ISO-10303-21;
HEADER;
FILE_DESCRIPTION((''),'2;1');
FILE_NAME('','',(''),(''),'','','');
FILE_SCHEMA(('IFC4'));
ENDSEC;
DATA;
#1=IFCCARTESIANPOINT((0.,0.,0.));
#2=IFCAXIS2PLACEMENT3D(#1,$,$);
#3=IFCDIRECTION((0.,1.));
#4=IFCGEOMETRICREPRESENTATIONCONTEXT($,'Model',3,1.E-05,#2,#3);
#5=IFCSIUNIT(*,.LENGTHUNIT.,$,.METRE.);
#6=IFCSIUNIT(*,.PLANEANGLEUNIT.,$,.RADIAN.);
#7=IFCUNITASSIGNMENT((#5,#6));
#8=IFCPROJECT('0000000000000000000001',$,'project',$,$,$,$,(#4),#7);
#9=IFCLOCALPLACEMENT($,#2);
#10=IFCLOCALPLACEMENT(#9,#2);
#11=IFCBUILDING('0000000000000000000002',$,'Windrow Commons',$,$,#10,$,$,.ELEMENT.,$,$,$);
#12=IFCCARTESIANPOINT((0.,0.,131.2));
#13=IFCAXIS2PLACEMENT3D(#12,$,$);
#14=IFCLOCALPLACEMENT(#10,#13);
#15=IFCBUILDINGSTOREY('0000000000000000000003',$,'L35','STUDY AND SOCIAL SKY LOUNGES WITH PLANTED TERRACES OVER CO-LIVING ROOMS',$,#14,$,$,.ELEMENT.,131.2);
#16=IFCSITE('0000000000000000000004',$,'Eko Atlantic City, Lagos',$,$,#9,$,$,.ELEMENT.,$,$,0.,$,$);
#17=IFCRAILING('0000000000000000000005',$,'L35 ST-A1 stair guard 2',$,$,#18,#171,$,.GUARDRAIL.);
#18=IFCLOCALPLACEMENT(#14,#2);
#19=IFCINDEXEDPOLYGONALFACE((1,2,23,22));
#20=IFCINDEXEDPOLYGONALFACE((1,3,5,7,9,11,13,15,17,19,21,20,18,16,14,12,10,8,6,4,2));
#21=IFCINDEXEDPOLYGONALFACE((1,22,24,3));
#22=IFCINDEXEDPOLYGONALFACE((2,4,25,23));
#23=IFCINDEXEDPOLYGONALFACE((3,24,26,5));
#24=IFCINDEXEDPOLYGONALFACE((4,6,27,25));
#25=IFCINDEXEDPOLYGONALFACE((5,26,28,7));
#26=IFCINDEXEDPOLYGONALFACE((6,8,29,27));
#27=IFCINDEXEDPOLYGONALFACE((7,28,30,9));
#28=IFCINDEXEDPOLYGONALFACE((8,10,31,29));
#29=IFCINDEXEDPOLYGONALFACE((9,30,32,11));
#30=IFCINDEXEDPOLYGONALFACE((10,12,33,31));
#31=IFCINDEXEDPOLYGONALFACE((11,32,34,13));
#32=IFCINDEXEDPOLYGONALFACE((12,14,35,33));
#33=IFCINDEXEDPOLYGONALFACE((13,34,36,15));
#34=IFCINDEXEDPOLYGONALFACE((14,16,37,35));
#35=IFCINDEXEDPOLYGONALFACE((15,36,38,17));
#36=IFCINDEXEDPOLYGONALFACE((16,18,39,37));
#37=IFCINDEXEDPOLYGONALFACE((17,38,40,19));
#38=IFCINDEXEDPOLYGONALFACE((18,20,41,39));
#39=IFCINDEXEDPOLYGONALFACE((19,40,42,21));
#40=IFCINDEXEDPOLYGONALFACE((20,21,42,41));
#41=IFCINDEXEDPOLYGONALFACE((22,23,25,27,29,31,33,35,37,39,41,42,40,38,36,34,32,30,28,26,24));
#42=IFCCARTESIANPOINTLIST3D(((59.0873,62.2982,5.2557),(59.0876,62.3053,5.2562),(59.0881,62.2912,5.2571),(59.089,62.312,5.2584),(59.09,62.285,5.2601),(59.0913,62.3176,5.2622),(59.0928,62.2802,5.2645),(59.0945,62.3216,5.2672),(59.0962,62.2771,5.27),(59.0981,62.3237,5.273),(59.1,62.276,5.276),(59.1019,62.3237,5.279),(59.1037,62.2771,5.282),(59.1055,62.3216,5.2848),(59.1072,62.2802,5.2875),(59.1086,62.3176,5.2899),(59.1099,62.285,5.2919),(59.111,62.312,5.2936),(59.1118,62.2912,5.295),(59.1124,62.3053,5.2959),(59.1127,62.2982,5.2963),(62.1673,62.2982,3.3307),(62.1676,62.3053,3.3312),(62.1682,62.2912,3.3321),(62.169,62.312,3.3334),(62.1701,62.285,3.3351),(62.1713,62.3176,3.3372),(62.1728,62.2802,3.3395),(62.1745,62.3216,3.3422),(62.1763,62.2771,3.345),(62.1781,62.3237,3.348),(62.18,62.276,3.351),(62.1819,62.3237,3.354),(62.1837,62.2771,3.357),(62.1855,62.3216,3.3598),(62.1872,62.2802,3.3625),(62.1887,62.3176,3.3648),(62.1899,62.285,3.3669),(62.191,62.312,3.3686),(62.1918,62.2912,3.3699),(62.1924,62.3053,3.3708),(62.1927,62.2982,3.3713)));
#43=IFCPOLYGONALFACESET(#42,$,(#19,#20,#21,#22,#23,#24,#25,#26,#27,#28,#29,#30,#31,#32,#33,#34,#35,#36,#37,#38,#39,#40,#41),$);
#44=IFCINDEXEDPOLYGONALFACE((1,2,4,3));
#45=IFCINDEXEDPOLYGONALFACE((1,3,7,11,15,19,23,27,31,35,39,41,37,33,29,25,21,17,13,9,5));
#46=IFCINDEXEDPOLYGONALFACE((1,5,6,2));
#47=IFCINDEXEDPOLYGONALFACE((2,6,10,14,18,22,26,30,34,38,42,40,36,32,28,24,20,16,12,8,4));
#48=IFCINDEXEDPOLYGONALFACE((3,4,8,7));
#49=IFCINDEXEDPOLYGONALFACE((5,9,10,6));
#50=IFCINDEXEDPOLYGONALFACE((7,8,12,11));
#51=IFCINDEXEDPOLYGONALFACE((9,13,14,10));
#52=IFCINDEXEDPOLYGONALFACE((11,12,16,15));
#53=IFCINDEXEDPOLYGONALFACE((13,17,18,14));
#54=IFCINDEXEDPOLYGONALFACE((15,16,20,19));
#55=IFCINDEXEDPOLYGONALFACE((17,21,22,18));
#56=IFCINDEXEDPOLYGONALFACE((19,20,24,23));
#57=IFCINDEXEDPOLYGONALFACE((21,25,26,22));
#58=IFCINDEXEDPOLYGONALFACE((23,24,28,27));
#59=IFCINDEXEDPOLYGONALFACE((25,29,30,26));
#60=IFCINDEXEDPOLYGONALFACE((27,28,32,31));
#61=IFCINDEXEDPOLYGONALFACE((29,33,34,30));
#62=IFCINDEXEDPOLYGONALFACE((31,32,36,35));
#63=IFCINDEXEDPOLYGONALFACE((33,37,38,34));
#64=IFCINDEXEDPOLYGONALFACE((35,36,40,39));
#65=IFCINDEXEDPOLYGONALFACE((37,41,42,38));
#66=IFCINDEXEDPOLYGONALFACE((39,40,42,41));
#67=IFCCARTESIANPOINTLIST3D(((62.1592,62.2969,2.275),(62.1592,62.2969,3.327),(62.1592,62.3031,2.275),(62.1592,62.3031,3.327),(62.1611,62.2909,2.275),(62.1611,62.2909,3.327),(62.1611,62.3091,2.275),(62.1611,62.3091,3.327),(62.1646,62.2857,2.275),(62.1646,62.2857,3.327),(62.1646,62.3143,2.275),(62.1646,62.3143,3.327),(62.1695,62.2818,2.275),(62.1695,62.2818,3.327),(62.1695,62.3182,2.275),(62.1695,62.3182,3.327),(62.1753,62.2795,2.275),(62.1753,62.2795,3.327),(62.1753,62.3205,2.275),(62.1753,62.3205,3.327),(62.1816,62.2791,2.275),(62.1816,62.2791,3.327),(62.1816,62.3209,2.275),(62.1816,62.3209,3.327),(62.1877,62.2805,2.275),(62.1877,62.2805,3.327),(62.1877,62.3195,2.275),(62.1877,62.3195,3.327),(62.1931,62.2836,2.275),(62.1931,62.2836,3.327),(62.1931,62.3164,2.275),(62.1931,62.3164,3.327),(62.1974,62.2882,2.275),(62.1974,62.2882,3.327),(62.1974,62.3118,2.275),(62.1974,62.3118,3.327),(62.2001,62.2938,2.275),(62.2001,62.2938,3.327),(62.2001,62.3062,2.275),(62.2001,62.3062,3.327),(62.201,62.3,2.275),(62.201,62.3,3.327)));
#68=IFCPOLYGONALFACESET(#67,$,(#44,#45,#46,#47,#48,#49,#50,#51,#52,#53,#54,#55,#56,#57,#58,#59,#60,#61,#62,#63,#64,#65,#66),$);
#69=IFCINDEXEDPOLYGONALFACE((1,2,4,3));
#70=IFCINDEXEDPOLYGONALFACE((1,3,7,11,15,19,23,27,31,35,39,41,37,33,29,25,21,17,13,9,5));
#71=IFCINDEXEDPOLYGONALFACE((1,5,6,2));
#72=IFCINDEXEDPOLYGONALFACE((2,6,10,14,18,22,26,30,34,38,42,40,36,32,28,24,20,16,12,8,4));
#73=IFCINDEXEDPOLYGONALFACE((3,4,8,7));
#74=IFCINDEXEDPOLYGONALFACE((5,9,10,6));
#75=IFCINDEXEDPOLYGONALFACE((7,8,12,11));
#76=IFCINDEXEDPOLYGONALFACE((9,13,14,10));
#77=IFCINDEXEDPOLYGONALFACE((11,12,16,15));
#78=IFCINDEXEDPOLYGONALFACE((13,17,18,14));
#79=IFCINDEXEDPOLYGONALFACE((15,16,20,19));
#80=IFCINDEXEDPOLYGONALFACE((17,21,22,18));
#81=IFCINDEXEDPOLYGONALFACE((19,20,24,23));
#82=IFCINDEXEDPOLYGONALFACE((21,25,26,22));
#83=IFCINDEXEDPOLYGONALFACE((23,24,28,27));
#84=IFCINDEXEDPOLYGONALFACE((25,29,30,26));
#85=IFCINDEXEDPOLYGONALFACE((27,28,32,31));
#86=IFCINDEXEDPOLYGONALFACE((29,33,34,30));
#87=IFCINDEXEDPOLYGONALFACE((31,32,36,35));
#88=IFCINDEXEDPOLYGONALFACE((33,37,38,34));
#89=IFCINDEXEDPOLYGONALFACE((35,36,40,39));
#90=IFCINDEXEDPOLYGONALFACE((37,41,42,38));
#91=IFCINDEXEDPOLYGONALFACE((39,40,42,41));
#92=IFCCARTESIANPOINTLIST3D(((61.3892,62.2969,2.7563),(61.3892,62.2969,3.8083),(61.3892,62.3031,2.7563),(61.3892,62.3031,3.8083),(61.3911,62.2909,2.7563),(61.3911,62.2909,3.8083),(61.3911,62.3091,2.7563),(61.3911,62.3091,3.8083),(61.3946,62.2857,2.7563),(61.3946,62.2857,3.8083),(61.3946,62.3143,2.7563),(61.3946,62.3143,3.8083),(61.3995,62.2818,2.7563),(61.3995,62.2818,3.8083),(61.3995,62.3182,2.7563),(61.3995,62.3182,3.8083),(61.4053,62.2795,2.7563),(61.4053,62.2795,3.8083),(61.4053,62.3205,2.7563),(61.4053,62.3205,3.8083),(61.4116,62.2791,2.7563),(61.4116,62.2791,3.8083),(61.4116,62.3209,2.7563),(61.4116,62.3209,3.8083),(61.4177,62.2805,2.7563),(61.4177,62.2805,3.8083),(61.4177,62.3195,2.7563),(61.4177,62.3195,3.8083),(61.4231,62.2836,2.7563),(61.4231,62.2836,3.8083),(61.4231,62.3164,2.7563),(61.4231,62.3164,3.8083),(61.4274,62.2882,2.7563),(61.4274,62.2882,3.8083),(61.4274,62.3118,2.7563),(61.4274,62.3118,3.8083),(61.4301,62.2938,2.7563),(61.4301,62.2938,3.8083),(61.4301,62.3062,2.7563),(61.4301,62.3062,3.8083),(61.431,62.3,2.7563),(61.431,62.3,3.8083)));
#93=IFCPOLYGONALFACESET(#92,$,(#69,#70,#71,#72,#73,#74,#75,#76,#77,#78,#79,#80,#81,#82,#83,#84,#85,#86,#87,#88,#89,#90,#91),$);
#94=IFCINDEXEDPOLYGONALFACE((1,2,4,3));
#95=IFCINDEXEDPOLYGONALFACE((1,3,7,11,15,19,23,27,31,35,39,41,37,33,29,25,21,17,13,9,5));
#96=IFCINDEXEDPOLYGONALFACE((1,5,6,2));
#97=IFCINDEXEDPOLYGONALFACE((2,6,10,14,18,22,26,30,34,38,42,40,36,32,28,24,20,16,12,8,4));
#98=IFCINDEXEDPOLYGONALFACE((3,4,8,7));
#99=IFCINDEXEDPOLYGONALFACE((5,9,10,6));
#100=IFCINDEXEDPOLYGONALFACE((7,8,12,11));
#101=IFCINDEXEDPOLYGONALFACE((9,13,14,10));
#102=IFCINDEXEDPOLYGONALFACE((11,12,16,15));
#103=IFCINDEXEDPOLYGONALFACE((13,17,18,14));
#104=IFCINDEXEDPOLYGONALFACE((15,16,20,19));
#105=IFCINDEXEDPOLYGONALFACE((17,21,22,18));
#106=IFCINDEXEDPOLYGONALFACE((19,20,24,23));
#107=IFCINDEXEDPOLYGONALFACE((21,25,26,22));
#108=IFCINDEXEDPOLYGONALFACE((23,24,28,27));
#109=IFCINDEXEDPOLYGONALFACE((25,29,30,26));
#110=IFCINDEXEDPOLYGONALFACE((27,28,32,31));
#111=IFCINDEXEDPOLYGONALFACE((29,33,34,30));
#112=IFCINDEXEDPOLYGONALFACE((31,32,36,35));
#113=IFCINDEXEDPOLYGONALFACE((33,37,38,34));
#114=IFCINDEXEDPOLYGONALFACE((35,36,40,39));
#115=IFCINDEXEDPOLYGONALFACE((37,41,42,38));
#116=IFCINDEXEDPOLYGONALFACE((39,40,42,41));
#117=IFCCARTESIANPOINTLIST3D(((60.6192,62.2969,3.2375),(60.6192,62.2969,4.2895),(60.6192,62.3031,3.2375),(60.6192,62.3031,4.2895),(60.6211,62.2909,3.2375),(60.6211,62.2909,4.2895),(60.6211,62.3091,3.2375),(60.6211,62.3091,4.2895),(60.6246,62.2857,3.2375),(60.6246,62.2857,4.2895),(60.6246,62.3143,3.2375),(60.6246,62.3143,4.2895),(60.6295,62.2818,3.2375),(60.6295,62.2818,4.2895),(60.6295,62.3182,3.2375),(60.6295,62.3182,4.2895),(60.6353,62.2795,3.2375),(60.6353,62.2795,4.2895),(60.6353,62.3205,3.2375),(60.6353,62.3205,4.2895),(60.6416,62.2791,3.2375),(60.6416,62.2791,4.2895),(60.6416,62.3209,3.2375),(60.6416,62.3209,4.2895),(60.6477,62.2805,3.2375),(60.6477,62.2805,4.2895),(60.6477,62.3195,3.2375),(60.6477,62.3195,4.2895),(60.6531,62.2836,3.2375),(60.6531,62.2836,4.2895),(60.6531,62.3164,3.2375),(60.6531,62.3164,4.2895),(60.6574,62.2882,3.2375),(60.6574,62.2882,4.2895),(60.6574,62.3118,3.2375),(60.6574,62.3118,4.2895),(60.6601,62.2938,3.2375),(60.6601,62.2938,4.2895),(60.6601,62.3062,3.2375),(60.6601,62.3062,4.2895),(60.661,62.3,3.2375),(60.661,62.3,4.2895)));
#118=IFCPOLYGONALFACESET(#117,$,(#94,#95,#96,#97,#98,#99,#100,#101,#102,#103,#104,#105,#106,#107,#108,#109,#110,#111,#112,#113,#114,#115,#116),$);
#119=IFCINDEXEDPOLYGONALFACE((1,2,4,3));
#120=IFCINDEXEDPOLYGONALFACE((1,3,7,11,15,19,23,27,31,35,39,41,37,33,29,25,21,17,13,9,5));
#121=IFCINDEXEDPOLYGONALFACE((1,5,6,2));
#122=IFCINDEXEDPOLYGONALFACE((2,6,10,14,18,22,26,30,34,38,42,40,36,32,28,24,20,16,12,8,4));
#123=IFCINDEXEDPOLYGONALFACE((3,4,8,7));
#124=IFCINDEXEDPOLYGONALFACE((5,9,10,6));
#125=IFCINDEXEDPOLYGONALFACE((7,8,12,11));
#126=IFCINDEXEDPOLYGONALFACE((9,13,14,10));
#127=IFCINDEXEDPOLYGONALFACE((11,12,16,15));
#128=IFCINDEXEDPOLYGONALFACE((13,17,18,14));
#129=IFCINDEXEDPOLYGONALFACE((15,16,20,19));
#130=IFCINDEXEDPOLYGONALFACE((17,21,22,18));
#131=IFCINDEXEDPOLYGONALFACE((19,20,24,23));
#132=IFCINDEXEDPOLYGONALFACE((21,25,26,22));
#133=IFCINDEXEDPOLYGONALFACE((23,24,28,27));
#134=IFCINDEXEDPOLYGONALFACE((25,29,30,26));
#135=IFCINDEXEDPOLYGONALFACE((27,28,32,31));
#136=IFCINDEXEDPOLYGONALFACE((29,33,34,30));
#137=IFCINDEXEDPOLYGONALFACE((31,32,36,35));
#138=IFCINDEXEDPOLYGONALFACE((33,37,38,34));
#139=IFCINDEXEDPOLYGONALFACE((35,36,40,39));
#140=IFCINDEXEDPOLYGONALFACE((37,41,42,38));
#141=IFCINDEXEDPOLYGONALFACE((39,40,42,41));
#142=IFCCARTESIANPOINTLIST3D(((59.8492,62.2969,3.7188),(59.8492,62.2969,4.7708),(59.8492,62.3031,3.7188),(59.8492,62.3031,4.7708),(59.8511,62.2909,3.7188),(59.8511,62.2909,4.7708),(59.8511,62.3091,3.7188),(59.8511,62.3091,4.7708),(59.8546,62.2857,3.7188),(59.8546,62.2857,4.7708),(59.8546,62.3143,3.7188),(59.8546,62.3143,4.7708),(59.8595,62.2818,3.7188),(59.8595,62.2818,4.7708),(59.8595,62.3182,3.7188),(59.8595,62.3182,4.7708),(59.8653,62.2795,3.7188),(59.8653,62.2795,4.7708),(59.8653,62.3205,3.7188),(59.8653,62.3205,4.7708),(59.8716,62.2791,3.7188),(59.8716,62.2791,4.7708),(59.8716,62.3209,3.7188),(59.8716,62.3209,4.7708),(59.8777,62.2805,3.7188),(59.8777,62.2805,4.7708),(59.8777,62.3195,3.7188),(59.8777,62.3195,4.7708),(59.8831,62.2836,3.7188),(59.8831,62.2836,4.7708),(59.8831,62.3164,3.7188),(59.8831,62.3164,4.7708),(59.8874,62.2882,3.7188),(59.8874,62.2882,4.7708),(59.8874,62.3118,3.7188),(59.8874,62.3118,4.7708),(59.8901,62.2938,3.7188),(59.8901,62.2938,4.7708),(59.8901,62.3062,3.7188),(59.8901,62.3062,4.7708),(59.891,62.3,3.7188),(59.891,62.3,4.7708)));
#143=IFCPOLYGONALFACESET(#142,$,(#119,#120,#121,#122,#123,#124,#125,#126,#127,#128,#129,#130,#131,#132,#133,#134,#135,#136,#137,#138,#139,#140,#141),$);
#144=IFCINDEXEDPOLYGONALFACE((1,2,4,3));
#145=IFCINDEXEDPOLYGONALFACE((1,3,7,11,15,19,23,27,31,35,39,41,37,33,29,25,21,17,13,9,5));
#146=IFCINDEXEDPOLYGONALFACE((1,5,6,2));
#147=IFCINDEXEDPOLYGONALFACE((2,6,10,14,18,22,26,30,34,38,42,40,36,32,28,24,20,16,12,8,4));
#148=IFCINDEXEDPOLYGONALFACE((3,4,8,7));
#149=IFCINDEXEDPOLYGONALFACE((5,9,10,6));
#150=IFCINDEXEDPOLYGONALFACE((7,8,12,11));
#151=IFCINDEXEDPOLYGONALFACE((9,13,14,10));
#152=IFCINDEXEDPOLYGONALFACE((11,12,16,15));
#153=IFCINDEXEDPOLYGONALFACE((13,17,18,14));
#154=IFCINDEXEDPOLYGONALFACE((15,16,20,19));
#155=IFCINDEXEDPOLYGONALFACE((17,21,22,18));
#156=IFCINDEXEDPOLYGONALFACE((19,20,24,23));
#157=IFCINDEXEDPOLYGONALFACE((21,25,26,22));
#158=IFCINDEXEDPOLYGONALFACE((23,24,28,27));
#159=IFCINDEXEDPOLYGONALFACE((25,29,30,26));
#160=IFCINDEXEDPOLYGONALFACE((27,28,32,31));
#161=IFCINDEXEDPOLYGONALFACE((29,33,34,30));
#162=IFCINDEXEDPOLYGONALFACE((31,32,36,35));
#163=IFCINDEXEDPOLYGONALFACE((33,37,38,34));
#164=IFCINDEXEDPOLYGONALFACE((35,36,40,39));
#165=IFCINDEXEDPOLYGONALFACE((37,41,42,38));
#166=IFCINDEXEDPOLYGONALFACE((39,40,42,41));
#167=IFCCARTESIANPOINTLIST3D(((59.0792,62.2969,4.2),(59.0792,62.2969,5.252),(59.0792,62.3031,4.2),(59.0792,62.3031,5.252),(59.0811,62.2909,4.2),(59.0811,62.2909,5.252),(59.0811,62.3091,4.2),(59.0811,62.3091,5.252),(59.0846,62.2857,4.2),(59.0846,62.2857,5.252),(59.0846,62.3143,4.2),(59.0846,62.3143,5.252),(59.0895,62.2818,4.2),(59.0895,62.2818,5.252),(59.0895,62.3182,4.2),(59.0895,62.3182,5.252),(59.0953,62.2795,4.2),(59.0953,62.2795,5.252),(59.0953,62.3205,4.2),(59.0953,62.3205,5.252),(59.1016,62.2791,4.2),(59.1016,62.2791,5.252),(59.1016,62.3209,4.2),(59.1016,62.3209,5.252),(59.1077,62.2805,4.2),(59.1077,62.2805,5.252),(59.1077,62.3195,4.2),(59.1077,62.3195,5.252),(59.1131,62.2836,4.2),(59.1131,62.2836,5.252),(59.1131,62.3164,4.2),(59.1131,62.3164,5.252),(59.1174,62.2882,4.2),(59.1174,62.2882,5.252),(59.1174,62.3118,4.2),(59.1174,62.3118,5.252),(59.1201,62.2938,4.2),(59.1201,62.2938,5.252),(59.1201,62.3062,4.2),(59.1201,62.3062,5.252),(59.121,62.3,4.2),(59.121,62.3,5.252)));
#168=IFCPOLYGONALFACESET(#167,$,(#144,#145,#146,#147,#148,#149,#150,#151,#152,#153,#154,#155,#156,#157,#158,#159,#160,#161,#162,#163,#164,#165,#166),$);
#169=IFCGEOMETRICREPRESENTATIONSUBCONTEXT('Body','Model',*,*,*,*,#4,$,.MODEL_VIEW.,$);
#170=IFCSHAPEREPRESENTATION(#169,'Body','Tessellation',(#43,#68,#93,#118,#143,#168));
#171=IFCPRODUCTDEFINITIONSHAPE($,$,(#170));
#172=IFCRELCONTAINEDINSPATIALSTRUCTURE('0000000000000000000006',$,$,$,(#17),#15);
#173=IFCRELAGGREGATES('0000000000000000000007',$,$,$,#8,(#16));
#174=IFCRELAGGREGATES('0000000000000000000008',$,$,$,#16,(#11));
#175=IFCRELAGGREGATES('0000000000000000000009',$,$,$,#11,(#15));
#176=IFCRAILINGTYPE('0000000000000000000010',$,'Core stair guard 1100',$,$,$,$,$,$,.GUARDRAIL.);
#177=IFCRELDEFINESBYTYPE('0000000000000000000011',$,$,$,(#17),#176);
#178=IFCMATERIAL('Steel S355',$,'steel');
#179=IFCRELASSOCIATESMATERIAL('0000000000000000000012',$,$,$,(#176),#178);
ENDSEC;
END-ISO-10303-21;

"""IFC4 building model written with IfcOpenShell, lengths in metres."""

from ifc_helpers import new_model, si_unit, direction, frame, origin, origin_2d, place, context, subcontext, project, spatial, circle, extrude, material, type_object, element, save


model = new_model("IFC4")

# Units and contexts
model_context = context("Model", 3, precision=1e-05, world=origin(), true_north=direction((0.0, 1.0)))
body_context = subcontext(model_context, "Body", "Model", "MODEL_VIEW")
ifc_project = project(units=[si_unit("LENGTHUNIT", "METRE"), si_unit("PLANEANGLEUNIT", "RADIAN")], contexts=[model_context])

# Site, building, storey
site_placement = place(None, origin())
site = spatial("IfcSite", under=ifc_project, at=site_placement, Name="Eko Atlantic City, Lagos", CompositionType="ELEMENT", RefElevation=0.0)
building_placement = place(site_placement, origin())
building = spatial("IfcBuilding", under=site, at=building_placement, Name="Windrow Commons", CompositionType="ELEMENT")
storey_placement = place(building_placement, frame((0.0, 0.0, 131.2)))
storey = spatial("IfcBuildingStorey", under=building, at=storey_placement, Name="L35", Description="STUDY AND SOCIAL SKY LOUNGES WITH PLANTED TERRACES OVER CO-LIVING ROOMS", CompositionType="ELEMENT", Elevation=131.2)

# Railing
ifc_material_1 = material(Name="Steel S355", Category="steel")
railing_type_1 = type_object("IfcRailingType", Name="Core stair guard 1100", PredefinedType="GUARDRAIL", material=ifc_material_1)
railing_1_placement = place(storey_placement, frame((62.18, 62.3, 2.275)))
element("IfcRailing", 1, at=railing_1_placement, inside=storey, type_object=railing_type_1, Name="L35 ST-A1 stair guard 2", PredefinedType="GUARDRAIL", context=body_context, shape_type="SweptSolid", body=[
    extrude(circle(Radius=0.024, at=origin_2d()), frame((0.0, 0.0, 1.076), z_axis=(-0.847998, 0.0, 0.529999), x_axis=(0.0, -1.0, 0.0)), (0.0, 0.0, 1.0), 3.6321),
    extrude(circle(Radius=0.021, at=origin_2d()), origin(), (0.0, 0.0, 1.0), 1.052),
    extrude(circle(Radius=0.021, at=origin_2d()), frame((-0.77, 0.0, 0.4813)), (0.0, 0.0, 1.0), 1.052),
    extrude(circle(Radius=0.021, at=origin_2d()), frame((-1.54, 0.0, 0.9625)), (0.0, 0.0, 1.0), 1.052),
    extrude(circle(Radius=0.021, at=origin_2d()), frame((-2.31, 0.0, 1.4438)), (0.0, 0.0, 1.0), 1.052),
    extrude(circle(Radius=0.021, at=origin_2d()), frame((-3.08, 0.0, 1.925)), (0.0, 0.0, 1.0), 1.052),
])

save(model, "model.ifc")
